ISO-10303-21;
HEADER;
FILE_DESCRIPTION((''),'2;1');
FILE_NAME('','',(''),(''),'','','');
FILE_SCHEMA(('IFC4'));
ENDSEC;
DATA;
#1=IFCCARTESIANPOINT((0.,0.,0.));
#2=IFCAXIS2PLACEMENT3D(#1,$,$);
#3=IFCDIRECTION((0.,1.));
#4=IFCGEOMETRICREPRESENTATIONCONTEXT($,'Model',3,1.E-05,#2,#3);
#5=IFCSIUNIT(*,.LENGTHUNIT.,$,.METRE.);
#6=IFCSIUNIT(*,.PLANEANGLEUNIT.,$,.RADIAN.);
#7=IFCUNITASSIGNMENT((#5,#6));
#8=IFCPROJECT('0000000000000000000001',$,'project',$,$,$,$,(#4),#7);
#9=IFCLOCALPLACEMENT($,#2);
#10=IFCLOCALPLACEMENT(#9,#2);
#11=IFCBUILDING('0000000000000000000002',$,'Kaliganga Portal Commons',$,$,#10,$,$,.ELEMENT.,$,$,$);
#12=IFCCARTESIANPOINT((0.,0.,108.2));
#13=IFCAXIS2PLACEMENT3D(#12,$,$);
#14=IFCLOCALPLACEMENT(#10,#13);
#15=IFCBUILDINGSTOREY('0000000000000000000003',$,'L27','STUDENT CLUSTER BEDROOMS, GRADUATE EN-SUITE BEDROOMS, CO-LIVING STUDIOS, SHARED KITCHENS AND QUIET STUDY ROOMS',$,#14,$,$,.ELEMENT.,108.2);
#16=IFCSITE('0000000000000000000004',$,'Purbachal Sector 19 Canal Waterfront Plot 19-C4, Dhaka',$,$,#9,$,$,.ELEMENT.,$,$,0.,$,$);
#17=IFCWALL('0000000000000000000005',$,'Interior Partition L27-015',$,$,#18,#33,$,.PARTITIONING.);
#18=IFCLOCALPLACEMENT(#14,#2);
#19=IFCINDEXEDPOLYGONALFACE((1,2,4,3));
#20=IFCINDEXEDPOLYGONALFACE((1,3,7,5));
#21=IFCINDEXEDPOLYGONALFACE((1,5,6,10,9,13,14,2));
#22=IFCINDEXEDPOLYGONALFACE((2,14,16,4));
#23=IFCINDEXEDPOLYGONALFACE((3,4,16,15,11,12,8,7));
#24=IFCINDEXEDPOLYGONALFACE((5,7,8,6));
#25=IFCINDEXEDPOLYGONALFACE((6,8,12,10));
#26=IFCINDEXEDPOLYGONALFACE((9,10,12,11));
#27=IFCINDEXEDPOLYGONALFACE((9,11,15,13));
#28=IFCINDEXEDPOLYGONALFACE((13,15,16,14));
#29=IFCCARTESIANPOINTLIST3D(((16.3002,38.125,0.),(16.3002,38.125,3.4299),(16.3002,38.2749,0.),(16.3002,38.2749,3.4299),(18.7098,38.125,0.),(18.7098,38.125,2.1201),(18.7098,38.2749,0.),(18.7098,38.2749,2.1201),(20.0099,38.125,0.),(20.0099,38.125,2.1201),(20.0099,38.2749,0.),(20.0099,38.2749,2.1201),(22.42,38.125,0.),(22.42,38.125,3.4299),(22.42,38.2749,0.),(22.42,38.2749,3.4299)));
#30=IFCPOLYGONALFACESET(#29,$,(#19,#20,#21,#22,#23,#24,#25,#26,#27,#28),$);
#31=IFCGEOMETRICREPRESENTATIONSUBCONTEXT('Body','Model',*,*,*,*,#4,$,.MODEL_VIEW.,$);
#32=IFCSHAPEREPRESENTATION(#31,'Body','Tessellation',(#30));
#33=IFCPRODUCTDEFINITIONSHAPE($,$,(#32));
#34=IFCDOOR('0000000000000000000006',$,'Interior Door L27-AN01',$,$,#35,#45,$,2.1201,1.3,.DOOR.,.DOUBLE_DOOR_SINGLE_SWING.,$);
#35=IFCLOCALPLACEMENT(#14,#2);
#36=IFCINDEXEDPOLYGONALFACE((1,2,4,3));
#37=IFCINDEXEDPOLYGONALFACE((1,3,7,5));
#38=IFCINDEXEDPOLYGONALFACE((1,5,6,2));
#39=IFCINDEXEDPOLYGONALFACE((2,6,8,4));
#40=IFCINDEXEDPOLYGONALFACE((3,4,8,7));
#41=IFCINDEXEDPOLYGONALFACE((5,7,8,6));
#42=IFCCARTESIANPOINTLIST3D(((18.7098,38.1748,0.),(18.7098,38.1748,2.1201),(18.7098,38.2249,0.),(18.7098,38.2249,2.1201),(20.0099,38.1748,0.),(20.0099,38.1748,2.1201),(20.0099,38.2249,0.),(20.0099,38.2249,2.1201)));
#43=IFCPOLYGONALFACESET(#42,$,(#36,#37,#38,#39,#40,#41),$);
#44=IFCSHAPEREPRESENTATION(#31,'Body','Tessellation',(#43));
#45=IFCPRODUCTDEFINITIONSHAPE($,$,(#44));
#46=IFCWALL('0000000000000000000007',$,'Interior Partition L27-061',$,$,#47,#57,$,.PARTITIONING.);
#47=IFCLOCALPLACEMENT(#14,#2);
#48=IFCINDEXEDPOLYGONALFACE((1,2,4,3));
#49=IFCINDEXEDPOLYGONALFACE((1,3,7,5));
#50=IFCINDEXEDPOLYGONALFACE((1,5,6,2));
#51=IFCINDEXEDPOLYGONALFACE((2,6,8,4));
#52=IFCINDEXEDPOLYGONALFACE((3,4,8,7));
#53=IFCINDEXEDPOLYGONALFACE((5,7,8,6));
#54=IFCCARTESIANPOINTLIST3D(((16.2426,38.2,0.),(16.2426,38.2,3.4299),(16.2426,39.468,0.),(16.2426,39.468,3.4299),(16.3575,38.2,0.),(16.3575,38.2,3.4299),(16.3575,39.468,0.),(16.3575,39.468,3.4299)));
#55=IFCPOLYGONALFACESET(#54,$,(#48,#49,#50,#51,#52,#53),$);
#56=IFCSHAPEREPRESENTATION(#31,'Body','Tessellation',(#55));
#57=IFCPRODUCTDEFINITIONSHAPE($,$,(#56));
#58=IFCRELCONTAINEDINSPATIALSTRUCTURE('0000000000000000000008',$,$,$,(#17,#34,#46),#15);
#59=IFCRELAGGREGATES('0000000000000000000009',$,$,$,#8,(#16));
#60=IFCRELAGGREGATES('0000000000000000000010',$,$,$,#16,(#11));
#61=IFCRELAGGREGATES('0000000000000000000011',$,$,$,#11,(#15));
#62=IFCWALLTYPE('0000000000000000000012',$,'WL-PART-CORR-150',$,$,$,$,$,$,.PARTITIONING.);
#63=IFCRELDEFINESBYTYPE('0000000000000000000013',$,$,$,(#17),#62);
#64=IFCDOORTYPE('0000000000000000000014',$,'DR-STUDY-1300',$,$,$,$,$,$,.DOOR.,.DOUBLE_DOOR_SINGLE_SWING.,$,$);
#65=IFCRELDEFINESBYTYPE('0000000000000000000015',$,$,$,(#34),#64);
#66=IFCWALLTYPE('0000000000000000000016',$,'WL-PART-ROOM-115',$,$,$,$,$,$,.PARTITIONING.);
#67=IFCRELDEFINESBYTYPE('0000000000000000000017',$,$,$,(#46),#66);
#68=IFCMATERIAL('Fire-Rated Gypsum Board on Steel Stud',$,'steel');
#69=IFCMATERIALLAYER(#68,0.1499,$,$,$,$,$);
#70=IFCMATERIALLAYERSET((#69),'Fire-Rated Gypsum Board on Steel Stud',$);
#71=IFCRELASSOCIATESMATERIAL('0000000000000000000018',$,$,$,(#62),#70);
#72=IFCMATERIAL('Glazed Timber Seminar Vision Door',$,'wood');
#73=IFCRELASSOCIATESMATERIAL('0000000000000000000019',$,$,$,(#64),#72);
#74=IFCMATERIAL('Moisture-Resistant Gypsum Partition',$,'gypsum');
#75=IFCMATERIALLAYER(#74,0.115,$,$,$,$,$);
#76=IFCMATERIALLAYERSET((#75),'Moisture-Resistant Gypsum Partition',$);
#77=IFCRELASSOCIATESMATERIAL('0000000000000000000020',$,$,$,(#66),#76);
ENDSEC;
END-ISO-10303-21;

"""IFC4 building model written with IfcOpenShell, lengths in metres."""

from ifc_helpers import new_model, si_unit, direction, frame, frame_2d, origin, place, context, subcontext, project, spatial, rectangle, extrude, material, layer, layer_set, type_object, element, fill, save


model = new_model("IFC4")

# Units and contexts
model_context = context("Model", 3, precision=1e-05, world=origin(), true_north=direction((0.0, 1.0)))
body_context = subcontext(model_context, "Body", "Model", "MODEL_VIEW")
ifc_project = project(units=[si_unit("LENGTHUNIT", "METRE"), si_unit("PLANEANGLEUNIT", "RADIAN")], contexts=[model_context])

# Site, building, storey
site_placement = place(None, origin())
site = spatial("IfcSite", under=ifc_project, at=site_placement, Name="Purbachal Sector 19 Canal Waterfront Plot 19-C4, Dhaka", CompositionType="ELEMENT", RefElevation=0.0)
building_placement = place(site_placement, origin())
building = spatial("IfcBuilding", under=site, at=building_placement, Name="Kaliganga Portal Commons", CompositionType="ELEMENT")
storey_placement = place(building_placement, frame((0.0, 0.0, 108.2)))
storey = spatial("IfcBuildingStorey", under=building, at=storey_placement, Name="L27", Description="STUDENT CLUSTER BEDROOMS, GRADUATE EN-SUITE BEDROOMS, CO-LIVING STUDIOS, SHARED KITCHENS AND QUIET STUDY ROOMS", CompositionType="ELEMENT", Elevation=108.2)

# Wall, opening, door
ifc_material_1 = material(Name="Fire-Rated Gypsum Board on Steel Stud", Category="steel")
ifc_layer_1 = layer(ifc_material_1, 0.1499)
ifc_layer_set_1 = layer_set([ifc_layer_1], Name="Fire-Rated Gypsum Board on Steel Stud")
wall_type_1 = type_object("IfcWallType", Name="WL-PART-CORR-150", PredefinedType="PARTITIONING", material=ifc_layer_set_1)
wall_1_placement = place(storey_placement, frame((16.3, 38.2, 0.0), z_axis=(0.0, 0.0, 1.0), x_axis=(1.0, 0.0, 0.0)))
wall_1 = element("IfcWall", 1, at=wall_1_placement, inside=storey, type_object=wall_type_1, Name="Interior Partition L27-015", PredefinedType="PARTITIONING", context=body_context, shape_type="SweptSolid", body=[
    extrude(rectangle(XDim=6.1199, YDim=0.1499, at=frame_2d((3.0601, 0.0))), origin(), (0.0, 0.0, 1.0), 3.4299),
])
opening_1_placement = place(wall_1_placement, frame((2.4099, 0.0, 0.0)))
opening_1 = element("IfcOpeningElement", 2, at=opening_1_placement, cuts=wall_1, PredefinedType="OPENING", context=body_context, shape_type="SweptSolid", body=[
    extrude(rectangle(XDim=1.3, YDim=2.1201, at=frame_2d((0.6499, 1.0601))), frame((0.0, 0.085, 0.0), z_axis=(0.0, -1.0, 0.0), x_axis=(1.0, 0.0, 0.0)), (0.0, 0.0, 1.0), 0.1699),
])
ifc_material_2 = material(Name="Glazed Timber Seminar Vision Door", Category="wood")
door_type = type_object("IfcDoorType", Name="DR-STUDY-1300", OperationType="DOUBLE_DOOR_SINGLE_SWING", PredefinedType="DOOR", material=ifc_material_2)
door_placement = place(opening_1_placement, origin())
door = element("IfcDoor", 3, at=door_placement, inside=storey, type_object=door_type, Name="Interior Door L27-AN01", OperationType="DOUBLE_DOOR_SINGLE_SWING", OverallHeight=2.1201, OverallWidth=1.3, PredefinedType="DOOR", context=body_context, shape_type="SweptSolid", body=[
    extrude(rectangle(XDim=1.3, YDim=2.1201, at=frame_2d((0.6499, 1.0601))), frame((0.0, 0.0249, 0.0), z_axis=(0.0, -1.0, 0.0), x_axis=(1.0, 0.0, 0.0)), (0.0, 0.0, 1.0), 0.05),
])
fill(opening_1, door)

# Wall
ifc_material_3 = material(Name="Moisture-Resistant Gypsum Partition", Category="gypsum")
ifc_layer_2 = layer(ifc_material_3, 0.115)
ifc_layer_set_2 = layer_set([ifc_layer_2], Name="Moisture-Resistant Gypsum Partition")
wall_type_2 = type_object("IfcWallType", Name="WL-PART-ROOM-115", PredefinedType="PARTITIONING", material=ifc_layer_set_2)
wall_2_placement = place(storey_placement, frame((16.3, 38.2, 0.0), z_axis=(0.0, 0.0, 1.0), x_axis=(0.0, 1.0, 0.0)))
element("IfcWall", 4, at=wall_2_placement, inside=storey, type_object=wall_type_2, Name="Interior Partition L27-061", PredefinedType="PARTITIONING", context=body_context, shape_type="SweptSolid", body=[
    extrude(rectangle(XDim=1.2681, YDim=0.115, at=frame_2d((0.634, 0.0))), origin(), (0.0, 0.0, 1.0), 3.4299),
])

save(model, "model.ifc")
